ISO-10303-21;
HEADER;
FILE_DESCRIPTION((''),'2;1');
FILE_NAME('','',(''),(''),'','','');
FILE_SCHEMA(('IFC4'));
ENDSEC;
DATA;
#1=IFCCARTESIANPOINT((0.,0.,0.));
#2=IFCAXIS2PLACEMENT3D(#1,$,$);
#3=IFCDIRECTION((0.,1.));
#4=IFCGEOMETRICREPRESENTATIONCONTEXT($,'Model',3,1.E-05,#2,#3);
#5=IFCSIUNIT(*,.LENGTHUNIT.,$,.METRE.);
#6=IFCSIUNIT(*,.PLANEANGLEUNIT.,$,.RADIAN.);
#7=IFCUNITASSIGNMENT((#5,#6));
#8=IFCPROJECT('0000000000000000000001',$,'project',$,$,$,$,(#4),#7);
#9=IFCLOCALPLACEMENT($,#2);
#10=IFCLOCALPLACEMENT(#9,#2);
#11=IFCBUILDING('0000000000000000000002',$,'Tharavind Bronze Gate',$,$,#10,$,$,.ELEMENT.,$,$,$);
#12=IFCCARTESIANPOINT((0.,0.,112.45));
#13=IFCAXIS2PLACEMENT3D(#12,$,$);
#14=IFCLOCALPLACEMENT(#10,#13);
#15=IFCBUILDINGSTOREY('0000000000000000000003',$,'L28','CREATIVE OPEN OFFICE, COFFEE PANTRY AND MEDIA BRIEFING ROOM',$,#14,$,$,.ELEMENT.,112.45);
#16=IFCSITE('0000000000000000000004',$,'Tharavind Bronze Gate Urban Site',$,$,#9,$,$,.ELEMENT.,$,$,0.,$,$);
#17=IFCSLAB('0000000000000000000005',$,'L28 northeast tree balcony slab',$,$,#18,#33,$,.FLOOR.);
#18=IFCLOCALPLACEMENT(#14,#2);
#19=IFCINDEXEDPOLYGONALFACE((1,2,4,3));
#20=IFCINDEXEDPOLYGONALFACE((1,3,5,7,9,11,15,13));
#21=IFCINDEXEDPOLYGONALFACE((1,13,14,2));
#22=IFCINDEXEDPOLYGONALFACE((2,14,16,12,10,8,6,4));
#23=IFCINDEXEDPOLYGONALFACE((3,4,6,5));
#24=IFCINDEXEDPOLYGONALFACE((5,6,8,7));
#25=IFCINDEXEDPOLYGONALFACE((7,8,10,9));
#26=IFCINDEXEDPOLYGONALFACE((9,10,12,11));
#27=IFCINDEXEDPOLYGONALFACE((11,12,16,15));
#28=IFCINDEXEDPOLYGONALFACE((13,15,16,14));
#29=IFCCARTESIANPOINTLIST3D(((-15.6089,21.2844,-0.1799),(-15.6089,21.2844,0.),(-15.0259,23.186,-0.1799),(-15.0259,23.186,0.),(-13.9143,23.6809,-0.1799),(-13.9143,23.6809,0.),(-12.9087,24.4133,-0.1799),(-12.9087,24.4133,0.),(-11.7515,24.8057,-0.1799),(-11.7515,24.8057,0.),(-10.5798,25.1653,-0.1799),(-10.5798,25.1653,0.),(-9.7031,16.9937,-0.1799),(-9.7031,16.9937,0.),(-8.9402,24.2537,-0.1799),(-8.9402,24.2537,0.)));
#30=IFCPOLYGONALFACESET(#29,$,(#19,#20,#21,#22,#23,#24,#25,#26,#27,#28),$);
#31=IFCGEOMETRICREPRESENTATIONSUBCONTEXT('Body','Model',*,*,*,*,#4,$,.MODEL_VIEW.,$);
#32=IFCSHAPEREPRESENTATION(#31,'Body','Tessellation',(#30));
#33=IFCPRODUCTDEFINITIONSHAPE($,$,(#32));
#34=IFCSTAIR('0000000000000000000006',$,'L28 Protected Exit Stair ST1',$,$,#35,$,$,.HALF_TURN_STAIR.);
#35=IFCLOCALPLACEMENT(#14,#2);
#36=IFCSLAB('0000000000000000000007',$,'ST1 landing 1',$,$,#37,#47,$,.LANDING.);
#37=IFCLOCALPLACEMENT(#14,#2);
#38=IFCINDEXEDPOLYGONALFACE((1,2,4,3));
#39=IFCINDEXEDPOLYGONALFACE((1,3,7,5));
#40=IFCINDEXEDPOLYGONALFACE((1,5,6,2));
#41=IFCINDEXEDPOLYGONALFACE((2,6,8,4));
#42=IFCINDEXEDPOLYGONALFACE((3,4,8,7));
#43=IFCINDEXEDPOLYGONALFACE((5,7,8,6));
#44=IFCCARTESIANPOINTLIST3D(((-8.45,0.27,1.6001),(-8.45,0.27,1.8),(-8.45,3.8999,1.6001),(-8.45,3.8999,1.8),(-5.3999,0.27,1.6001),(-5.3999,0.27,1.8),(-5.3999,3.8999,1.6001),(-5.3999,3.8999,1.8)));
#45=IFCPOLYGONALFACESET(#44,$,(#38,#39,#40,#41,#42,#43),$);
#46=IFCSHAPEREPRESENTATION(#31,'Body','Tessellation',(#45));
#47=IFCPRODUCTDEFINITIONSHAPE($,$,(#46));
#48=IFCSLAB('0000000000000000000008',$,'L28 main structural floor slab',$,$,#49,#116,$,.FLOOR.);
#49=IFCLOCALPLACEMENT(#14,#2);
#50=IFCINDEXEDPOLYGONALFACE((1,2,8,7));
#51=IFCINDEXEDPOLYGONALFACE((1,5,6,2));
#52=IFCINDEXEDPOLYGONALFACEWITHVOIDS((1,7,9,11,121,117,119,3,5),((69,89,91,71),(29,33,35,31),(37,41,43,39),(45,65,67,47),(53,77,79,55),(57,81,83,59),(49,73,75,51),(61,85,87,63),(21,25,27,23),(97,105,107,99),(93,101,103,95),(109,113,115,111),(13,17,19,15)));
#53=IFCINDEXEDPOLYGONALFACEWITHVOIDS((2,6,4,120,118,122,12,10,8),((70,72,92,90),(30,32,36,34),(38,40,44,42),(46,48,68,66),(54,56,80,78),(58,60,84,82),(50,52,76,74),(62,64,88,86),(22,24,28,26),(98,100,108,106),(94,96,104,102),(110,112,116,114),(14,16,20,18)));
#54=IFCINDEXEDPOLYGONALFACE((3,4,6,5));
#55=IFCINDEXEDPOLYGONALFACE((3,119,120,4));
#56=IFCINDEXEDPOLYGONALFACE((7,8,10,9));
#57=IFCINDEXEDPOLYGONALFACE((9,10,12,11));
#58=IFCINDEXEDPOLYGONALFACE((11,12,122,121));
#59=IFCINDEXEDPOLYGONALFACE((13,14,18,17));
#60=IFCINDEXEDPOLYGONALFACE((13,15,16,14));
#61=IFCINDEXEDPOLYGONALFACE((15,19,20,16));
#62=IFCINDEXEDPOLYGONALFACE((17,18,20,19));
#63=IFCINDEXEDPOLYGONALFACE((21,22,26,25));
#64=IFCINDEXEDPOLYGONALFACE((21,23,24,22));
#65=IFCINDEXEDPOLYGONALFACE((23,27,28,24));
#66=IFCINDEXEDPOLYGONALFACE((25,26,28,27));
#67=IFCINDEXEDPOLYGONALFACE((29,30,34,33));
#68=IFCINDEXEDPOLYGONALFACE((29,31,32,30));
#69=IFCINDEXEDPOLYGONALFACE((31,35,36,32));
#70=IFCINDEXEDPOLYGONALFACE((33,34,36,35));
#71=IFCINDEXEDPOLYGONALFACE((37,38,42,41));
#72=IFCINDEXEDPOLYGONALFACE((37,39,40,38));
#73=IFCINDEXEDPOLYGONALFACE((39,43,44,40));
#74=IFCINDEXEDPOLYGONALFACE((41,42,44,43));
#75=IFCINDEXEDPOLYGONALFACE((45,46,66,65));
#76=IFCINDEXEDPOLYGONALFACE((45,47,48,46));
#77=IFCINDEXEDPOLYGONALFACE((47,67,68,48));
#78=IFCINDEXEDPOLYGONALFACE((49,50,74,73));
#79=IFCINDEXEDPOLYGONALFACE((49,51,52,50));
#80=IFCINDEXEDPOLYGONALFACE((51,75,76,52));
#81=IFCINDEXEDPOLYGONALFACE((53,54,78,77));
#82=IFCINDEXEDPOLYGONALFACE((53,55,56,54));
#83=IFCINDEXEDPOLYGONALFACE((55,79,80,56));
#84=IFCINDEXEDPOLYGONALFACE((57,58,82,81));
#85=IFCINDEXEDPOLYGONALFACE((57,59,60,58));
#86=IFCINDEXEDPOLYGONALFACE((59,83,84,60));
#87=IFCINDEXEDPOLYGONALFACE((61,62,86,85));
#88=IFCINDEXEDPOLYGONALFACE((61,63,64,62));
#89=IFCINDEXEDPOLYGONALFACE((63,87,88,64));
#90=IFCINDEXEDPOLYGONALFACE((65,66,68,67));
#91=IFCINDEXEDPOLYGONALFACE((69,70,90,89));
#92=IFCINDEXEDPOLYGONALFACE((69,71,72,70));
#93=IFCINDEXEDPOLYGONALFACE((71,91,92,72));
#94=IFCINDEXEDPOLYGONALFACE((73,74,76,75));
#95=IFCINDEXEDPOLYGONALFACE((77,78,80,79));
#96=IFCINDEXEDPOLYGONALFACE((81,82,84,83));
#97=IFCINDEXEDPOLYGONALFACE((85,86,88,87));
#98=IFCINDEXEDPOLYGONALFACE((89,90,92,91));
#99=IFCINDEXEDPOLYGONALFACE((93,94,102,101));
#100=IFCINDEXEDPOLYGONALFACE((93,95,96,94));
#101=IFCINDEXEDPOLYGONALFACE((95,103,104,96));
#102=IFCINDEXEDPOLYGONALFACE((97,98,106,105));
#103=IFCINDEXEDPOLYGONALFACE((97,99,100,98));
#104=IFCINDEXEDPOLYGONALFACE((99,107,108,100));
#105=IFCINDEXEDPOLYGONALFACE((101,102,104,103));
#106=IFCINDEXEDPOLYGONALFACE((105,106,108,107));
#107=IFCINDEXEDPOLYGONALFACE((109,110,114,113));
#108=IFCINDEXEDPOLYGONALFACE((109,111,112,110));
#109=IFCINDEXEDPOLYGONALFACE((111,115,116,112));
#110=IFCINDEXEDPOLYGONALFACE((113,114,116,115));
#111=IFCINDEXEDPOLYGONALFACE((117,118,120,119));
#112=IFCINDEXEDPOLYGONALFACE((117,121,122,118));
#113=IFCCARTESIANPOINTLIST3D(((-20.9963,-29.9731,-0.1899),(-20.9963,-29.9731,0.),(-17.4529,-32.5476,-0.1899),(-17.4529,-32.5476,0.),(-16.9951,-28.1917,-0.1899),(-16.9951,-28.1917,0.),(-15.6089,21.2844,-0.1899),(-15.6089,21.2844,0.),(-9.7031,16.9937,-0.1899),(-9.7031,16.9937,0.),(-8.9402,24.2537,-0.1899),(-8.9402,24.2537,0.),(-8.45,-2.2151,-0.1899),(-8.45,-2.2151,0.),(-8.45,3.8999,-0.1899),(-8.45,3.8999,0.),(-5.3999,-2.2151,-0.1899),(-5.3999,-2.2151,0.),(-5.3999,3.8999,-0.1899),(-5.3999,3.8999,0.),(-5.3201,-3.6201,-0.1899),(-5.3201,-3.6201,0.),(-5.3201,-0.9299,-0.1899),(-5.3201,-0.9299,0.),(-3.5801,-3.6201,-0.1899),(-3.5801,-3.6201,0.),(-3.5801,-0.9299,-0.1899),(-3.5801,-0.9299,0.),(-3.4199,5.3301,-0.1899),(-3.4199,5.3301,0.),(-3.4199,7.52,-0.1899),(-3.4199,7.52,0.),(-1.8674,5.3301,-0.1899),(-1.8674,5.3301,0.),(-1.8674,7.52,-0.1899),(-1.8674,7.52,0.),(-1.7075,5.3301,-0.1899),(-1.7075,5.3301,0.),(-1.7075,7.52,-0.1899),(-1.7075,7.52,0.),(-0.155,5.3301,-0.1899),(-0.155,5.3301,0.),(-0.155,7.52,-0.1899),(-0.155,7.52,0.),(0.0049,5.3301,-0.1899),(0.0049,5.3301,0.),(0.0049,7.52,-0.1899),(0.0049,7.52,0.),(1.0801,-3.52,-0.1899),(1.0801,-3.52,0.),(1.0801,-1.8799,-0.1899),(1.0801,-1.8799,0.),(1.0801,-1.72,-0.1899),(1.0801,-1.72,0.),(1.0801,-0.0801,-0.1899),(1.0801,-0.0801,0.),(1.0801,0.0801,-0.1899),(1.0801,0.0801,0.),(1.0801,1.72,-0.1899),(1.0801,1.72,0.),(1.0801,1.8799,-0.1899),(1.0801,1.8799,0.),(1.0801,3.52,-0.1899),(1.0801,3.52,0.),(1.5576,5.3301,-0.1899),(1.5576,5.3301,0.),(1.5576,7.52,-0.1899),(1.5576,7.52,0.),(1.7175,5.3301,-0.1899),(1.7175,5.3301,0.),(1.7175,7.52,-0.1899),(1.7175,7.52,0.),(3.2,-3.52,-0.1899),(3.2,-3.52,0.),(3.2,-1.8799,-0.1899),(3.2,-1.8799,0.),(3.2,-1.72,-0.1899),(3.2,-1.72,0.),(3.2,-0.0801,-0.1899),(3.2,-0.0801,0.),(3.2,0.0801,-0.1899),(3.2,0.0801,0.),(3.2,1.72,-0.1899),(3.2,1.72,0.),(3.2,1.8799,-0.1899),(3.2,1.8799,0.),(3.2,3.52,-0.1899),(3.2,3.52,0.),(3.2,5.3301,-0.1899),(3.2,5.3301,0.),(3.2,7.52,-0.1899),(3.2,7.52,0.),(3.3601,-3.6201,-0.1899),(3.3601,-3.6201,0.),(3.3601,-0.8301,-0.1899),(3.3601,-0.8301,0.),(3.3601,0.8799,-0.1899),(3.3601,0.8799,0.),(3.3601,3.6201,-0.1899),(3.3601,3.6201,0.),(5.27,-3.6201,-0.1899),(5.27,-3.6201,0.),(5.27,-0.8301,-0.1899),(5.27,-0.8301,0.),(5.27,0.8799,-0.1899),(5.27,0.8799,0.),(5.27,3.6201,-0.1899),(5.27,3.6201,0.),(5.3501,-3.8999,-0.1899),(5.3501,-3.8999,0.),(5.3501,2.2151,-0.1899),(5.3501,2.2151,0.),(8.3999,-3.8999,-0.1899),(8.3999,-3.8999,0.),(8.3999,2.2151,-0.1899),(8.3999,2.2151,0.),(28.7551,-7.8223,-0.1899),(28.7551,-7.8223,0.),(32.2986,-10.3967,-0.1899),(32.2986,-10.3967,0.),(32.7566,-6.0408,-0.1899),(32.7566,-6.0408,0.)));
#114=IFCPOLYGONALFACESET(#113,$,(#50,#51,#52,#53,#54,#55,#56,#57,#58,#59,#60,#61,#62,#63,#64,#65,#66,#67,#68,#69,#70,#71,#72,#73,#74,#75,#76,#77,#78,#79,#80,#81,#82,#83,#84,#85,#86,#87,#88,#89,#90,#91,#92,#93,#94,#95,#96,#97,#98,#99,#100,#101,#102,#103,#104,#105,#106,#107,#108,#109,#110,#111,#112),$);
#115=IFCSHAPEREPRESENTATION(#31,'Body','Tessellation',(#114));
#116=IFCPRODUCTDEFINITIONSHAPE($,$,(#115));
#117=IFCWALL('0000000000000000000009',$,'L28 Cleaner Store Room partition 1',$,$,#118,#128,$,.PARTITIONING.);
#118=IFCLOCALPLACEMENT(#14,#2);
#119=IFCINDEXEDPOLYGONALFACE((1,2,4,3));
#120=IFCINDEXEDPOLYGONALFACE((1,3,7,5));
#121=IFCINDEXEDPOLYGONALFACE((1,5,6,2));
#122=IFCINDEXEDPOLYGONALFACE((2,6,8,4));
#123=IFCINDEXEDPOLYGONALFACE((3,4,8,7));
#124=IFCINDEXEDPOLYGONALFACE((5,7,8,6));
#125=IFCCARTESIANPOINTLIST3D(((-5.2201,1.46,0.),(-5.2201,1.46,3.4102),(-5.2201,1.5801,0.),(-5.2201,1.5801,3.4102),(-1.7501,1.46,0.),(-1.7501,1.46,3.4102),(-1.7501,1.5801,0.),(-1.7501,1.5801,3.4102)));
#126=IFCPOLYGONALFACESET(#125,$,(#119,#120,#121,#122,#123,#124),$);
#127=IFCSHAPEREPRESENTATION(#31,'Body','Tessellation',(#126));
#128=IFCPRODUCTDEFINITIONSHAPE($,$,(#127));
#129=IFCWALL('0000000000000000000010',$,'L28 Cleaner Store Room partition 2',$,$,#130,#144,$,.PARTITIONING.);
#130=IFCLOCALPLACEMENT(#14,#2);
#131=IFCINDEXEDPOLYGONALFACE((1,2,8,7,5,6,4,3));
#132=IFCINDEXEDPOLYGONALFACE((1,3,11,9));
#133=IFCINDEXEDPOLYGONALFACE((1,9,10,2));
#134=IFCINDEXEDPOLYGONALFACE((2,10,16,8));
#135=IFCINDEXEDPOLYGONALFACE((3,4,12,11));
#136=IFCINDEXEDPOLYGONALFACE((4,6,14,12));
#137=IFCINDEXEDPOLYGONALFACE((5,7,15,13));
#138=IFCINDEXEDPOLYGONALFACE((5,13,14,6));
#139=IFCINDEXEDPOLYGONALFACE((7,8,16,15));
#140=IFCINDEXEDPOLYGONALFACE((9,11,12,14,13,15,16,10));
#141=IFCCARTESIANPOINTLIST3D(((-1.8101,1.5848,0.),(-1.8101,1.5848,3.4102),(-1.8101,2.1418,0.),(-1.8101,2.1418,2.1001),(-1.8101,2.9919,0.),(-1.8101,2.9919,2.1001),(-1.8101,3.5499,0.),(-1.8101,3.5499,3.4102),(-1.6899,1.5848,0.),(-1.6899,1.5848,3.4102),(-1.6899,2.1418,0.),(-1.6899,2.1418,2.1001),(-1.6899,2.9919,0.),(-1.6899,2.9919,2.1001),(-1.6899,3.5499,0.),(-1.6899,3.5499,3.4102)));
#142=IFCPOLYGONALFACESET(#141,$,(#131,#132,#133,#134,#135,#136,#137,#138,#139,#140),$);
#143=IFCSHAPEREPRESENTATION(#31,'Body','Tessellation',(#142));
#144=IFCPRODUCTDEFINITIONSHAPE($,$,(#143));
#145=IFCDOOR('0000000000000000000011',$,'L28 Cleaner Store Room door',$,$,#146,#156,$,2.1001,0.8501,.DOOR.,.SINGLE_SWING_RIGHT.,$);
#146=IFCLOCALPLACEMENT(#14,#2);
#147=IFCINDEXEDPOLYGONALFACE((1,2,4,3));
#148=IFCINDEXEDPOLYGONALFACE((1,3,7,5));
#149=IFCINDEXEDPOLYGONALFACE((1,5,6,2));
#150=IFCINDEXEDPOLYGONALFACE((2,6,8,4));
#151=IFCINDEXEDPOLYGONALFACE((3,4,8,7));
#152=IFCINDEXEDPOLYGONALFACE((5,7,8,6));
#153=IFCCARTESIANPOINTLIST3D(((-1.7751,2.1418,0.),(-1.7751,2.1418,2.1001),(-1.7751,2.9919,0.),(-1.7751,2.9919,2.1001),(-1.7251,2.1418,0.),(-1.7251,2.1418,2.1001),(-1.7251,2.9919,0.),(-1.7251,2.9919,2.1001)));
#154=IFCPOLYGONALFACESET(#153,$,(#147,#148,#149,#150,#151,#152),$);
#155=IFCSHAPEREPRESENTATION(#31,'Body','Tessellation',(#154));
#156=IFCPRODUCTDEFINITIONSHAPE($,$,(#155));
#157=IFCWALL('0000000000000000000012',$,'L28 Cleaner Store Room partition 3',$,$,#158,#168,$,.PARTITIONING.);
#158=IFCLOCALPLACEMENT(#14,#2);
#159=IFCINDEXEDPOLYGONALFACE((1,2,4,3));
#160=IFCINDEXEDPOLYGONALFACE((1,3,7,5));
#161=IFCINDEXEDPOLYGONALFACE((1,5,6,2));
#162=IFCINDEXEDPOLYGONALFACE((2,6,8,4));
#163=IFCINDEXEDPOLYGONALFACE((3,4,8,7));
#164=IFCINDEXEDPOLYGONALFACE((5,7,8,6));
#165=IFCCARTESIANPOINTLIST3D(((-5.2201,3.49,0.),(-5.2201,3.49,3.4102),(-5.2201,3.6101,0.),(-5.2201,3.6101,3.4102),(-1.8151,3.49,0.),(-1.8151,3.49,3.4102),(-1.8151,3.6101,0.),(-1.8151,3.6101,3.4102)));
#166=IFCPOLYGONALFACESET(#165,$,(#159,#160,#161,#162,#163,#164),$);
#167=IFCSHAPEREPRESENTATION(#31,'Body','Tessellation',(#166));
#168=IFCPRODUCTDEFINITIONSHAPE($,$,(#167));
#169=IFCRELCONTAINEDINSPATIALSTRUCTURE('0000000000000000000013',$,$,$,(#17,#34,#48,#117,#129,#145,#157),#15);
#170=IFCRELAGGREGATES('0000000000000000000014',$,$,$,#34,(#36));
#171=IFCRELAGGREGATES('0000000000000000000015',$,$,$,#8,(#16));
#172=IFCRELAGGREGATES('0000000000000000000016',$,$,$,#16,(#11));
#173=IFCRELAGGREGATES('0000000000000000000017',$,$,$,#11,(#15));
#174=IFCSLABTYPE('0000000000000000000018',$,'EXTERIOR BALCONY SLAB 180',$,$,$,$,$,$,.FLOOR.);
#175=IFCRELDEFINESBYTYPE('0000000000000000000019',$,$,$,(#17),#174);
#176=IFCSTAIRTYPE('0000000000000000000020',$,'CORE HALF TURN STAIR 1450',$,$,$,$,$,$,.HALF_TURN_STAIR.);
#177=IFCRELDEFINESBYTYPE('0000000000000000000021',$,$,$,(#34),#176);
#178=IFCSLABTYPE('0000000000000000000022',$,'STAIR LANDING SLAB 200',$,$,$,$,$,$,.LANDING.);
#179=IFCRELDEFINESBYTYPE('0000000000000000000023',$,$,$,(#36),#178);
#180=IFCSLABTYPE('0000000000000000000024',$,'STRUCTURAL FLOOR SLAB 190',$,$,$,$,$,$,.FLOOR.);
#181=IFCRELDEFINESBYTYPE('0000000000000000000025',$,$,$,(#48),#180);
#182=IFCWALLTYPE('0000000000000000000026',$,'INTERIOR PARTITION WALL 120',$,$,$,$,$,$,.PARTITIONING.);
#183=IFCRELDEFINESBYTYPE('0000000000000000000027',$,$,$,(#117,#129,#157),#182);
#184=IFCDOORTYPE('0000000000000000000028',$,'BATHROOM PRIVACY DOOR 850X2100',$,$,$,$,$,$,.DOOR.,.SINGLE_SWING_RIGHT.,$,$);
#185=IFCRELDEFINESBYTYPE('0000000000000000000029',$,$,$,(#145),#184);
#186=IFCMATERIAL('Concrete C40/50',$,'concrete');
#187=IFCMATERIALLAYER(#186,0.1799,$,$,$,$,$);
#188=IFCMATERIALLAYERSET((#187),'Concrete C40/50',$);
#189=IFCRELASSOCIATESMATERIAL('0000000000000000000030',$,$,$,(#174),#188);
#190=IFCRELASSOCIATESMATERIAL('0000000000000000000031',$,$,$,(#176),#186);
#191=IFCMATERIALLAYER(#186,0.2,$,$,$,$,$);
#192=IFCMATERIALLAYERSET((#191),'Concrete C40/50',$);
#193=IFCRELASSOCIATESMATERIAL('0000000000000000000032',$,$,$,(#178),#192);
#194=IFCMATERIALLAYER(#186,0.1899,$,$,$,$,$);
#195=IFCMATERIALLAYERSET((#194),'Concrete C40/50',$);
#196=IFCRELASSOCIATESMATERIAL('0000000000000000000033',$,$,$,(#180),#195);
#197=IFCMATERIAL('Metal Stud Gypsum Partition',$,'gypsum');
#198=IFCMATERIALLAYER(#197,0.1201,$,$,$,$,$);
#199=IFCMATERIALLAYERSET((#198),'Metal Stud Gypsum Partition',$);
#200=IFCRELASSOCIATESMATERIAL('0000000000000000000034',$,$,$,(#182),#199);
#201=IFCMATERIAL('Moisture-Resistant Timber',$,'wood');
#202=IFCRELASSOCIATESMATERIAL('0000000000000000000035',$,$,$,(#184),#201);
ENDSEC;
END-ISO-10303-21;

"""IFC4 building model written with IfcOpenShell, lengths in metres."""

from ifc_helpers import new_model, si_unit, direction, frame, frame_2d, origin, place, context, subcontext, project, spatial, polyline, rectangle, outline, extrude, material, layer, layer_set, type_object, element, fill, aggregate, save


model = new_model("IFC4")

# Units and contexts
model_context = context("Model", 3, precision=1e-05, world=origin(), true_north=direction((0.0, 1.0)))
body_context = subcontext(model_context, "Body", "Model", "MODEL_VIEW")
ifc_project = project(units=[si_unit("LENGTHUNIT", "METRE"), si_unit("PLANEANGLEUNIT", "RADIAN")], contexts=[model_context])

# Site, building, storey
site_placement = place(None, origin())
site = spatial("IfcSite", under=ifc_project, at=site_placement, Name="Tharavind Bronze Gate Urban Site", CompositionType="ELEMENT", RefElevation=0.0)
building_placement = place(site_placement, origin())
building = spatial("IfcBuilding", under=site, at=building_placement, Name="Tharavind Bronze Gate", CompositionType="ELEMENT")
storey_placement = place(building_placement, frame((0.0, 0.0, 112.45)))
storey = spatial("IfcBuildingStorey", under=building, at=storey_placement, Name="L28", Description="CREATIVE OPEN OFFICE, COFFEE PANTRY AND MEDIA BRIEFING ROOM", CompositionType="ELEMENT", Elevation=112.45)

# Slab
ifc_material_1 = material(Name="Concrete C40/50", Category="concrete")
ifc_layer_1 = layer(ifc_material_1, 0.1799)
ifc_layer_set_1 = layer_set([ifc_layer_1], Name="Concrete C40/50")
slab_type_1 = type_object("IfcSlabType", Name="EXTERIOR BALCONY SLAB 180", PredefinedType="FLOOR", material=ifc_layer_set_1)
slab_1_placement = place(storey_placement, frame((0.0, 0.0, -0.1799)))
element("IfcSlab", 1, at=slab_1_placement, inside=storey, type_object=slab_type_1, Name="L28 northeast tree balcony slab", PredefinedType="FLOOR", context=body_context, shape_type="SweptSolid", body=[
    extrude(outline(polyline([(-10.5798, 25.1653), (-11.7515, 24.8057), (-12.9087, 24.4133), (-13.9143, 23.6809), (-15.0259, 23.186), (-15.6089, 21.2844), (-9.7031, 16.9937), (-8.9402, 24.2537), (-10.5798, 25.1653)])), origin(), (0.0, 0.0, 1.0), 0.1799),
])

# Stair, slab
stair_type = type_object("IfcStairType", Name="CORE HALF TURN STAIR 1450", PredefinedType="HALF_TURN_STAIR", material=ifc_material_1)
stair_placement = place(storey_placement, origin())
stair = element("IfcStair", 2, at=stair_placement, inside=storey, type_object=stair_type, Name="L28 Protected Exit Stair ST1", PredefinedType="HALF_TURN_STAIR")
ifc_layer_2 = layer(ifc_material_1, 0.2)
ifc_layer_set_2 = layer_set([ifc_layer_2], Name="Concrete C40/50")
slab_type_2 = type_object("IfcSlabType", Name="STAIR LANDING SLAB 200", PredefinedType="LANDING", material=ifc_layer_set_2)
slab_2_placement = place(storey_placement, frame((0.0, 0.0, 1.6001)))
slab_2 = element("IfcSlab", 3, at=slab_2_placement, type_object=slab_type_2, Name="ST1 landing 1", PredefinedType="LANDING", context=body_context, shape_type="SweptSolid", body=[
    extrude(outline(polyline([(-5.3999, 0.27), (-5.3999, 3.8999), (-8.45, 3.8999), (-8.45, 0.27), (-5.3999, 0.27)])), origin(), (0.0, 0.0, 1.0), 0.2),
])
aggregate(stair, [slab_2])

# Slab
ifc_layer_3 = layer(ifc_material_1, 0.1899)
ifc_layer_set_3 = layer_set([ifc_layer_3], Name="Concrete C40/50")
slab_type_3 = type_object("IfcSlabType", Name="STRUCTURAL FLOOR SLAB 190", PredefinedType="FLOOR", material=ifc_layer_set_3)
slab_3_placement = place(storey_placement, frame((0.0, 0.0, -0.1899)))
element("IfcSlab", 4, at=slab_3_placement, inside=storey, type_object=slab_type_3, Name="L28 main structural floor slab", PredefinedType="FLOOR", context=body_context, shape_type="SweptSolid", body=[
    extrude(outline(polyline([(-8.9402, 24.2537), (-9.7031, 16.9937), (-15.6089, 21.2844), (-20.9963, -29.9731), (-16.9951, -28.1917), (-17.4529, -32.5476), (32.2986, -10.3967), (28.7551, -7.8223), (32.7566, -6.0408), (-8.9402, 24.2537)]), holes=[polyline([(-5.3999, -2.2151), (-5.3999, 3.8999), (-8.45, 3.8999), (-8.45, -2.2151), (-5.3999, -2.2151)]), polyline([(5.3501, 2.2151), (5.3501, -3.8999), (8.3999, -3.8999), (8.3999, 2.2151), (5.3501, 2.2151)]), polyline([(-3.4199, 5.3301), (-1.8674, 5.3301), (-1.8674, 7.52), (-3.4199, 7.52), (-3.4199, 5.3301)]), polyline([(-1.7075, 5.3301), (-0.155, 5.3301), (-0.155, 7.52), (-1.7075, 7.52), (-1.7075, 5.3301)]), polyline([(0.0049, 5.3301), (1.5576, 5.3301), (1.5576, 7.52), (0.0049, 7.52), (0.0049, 5.3301)]), polyline([(1.7175, 5.3301), (3.2, 5.3301), (3.2, 7.52), (1.7175, 7.52), (1.7175, 5.3301)]), polyline([(1.0801, -3.52), (3.2, -3.52), (3.2, -1.8799), (1.0801, -1.8799), (1.0801, -3.52)]), polyline([(1.0801, -1.72), (3.2, -1.72), (3.2, -0.0801), (1.0801, -0.0801), (1.0801, -1.72)]), polyline([(1.0801, 0.0801), (3.2, 0.0801), (3.2, 1.72), (1.0801, 1.72), (1.0801, 0.0801)]), polyline([(1.0801, 1.8799), (3.2, 1.8799), (3.2, 3.52), (1.0801, 3.52), (1.0801, 1.8799)]), polyline([(-5.3201, -3.6201), (-3.5801, -3.6201), (-3.5801, -0.9299), (-5.3201, -0.9299), (-5.3201, -3.6201)]), polyline([(3.3601, 0.8799), (5.27, 0.8799), (5.27, 3.6201), (3.3601, 3.6201), (3.3601, 0.8799)]), polyline([(3.3601, -3.6201), (5.27, -3.6201), (5.27, -0.8301), (3.3601, -0.8301), (3.3601, -3.6201)])]), origin(), (0.0, 0.0, 1.0), 0.1899),
])

# Wall
ifc_material_2 = material(Name="Metal Stud Gypsum Partition", Category="gypsum")
ifc_layer_4 = layer(ifc_material_2, 0.1201)
ifc_layer_set_4 = layer_set([ifc_layer_4], Name="Metal Stud Gypsum Partition")
wall_type_1 = type_object("IfcWallType", Name="INTERIOR PARTITION WALL 120", PredefinedType="PARTITIONING", material=ifc_layer_set_4)
wall_1_placement = place(storey_placement, frame((-5.22, 1.52, 0.0), z_axis=(0.0, 0.0, 1.0), x_axis=(1.0, 0.0, 0.0)))
element("IfcWall", 5, at=wall_1_placement, inside=storey, type_object=wall_type_1, Name="L28 Cleaner Store Room partition 1", PredefinedType="PARTITIONING", context=body_context, shape_type="SweptSolid", body=[
    extrude(rectangle(XDim=3.47, YDim=0.1201, at=frame_2d((1.7349, 0.0))), origin(), (0.0, 0.0, 1.0), 3.4102),
])

# Wall, opening, door
wall_2_placement = place(storey_placement, frame((-1.75, 1.585, 0.0), z_axis=(0.0, 0.0, 1.0), x_axis=(0.0, 1.0, 0.0)))
wall_2 = element("IfcWall", 6, at=wall_2_placement, inside=storey, type_object=wall_type_1, Name="L28 Cleaner Store Room partition 2", PredefinedType="PARTITIONING", context=body_context, shape_type="SweptSolid", body=[
    extrude(rectangle(XDim=1.9651, YDim=0.1201, at=frame_2d((0.9824, 0.0))), origin(), (0.0, 0.0, 1.0), 3.4102),
])
opening_1_placement = place(wall_2_placement, frame((0.5569, 0.0, 0.0)))
opening_1 = element("IfcOpeningElement", 7, at=opening_1_placement, cuts=wall_2, PredefinedType="OPENING", context=body_context, shape_type="SweptSolid", body=[
    extrude(rectangle(XDim=0.8501, YDim=2.1001, at=frame_2d((0.425, 1.05))), frame((0.0, 0.0701, 0.0), z_axis=(0.0, -1.0, 0.0), x_axis=(1.0, 0.0, 0.0)), (0.0, 0.0, 1.0), 0.1401),
])
ifc_material_3 = material(Name="Moisture-Resistant Timber", Category="wood")
door_type_1 = type_object("IfcDoorType", Name="BATHROOM PRIVACY DOOR 850X2100", OperationType="SINGLE_SWING_RIGHT", PredefinedType="DOOR", material=ifc_material_3)
door_1_placement = place(opening_1_placement, frame((0.8501, 0.0, 0.0), z_axis=(0.0, 0.0, 1.0), x_axis=(-1.0, 0.0, 0.0)))
door_1 = element("IfcDoor", 8, at=door_1_placement, inside=storey, type_object=door_type_1, Name="L28 Cleaner Store Room door", OperationType="SINGLE_SWING_RIGHT", OverallHeight=2.1001, OverallWidth=0.8501, PredefinedType="DOOR", context=body_context, shape_type="SweptSolid", body=[
    extrude(rectangle(XDim=0.8501, YDim=2.1001, at=frame_2d((0.425, 1.05))), frame((0.0, 0.0249, 0.0), z_axis=(0.0, -1.0, 0.0), x_axis=(1.0, 0.0, 0.0)), (0.0, 0.0, 1.0), 0.05),
])
fill(opening_1, door_1)

# Wall
wall_3_placement = place(storey_placement, frame((-1.8149, 3.55, 0.0), z_axis=(0.0, 0.0, 1.0), x_axis=(-1.0, 0.0, 0.0)))
element("IfcWall", 9, at=wall_3_placement, inside=storey, type_object=wall_type_1, Name="L28 Cleaner Store Room partition 3", PredefinedType="PARTITIONING", context=body_context, shape_type="SweptSolid", body=[
    extrude(rectangle(XDim=3.405, YDim=0.1201, at=frame_2d((1.7026, 0.0))), origin(), (0.0, 0.0, 1.0), 3.4102),
])

save(model, "model.ifc")
